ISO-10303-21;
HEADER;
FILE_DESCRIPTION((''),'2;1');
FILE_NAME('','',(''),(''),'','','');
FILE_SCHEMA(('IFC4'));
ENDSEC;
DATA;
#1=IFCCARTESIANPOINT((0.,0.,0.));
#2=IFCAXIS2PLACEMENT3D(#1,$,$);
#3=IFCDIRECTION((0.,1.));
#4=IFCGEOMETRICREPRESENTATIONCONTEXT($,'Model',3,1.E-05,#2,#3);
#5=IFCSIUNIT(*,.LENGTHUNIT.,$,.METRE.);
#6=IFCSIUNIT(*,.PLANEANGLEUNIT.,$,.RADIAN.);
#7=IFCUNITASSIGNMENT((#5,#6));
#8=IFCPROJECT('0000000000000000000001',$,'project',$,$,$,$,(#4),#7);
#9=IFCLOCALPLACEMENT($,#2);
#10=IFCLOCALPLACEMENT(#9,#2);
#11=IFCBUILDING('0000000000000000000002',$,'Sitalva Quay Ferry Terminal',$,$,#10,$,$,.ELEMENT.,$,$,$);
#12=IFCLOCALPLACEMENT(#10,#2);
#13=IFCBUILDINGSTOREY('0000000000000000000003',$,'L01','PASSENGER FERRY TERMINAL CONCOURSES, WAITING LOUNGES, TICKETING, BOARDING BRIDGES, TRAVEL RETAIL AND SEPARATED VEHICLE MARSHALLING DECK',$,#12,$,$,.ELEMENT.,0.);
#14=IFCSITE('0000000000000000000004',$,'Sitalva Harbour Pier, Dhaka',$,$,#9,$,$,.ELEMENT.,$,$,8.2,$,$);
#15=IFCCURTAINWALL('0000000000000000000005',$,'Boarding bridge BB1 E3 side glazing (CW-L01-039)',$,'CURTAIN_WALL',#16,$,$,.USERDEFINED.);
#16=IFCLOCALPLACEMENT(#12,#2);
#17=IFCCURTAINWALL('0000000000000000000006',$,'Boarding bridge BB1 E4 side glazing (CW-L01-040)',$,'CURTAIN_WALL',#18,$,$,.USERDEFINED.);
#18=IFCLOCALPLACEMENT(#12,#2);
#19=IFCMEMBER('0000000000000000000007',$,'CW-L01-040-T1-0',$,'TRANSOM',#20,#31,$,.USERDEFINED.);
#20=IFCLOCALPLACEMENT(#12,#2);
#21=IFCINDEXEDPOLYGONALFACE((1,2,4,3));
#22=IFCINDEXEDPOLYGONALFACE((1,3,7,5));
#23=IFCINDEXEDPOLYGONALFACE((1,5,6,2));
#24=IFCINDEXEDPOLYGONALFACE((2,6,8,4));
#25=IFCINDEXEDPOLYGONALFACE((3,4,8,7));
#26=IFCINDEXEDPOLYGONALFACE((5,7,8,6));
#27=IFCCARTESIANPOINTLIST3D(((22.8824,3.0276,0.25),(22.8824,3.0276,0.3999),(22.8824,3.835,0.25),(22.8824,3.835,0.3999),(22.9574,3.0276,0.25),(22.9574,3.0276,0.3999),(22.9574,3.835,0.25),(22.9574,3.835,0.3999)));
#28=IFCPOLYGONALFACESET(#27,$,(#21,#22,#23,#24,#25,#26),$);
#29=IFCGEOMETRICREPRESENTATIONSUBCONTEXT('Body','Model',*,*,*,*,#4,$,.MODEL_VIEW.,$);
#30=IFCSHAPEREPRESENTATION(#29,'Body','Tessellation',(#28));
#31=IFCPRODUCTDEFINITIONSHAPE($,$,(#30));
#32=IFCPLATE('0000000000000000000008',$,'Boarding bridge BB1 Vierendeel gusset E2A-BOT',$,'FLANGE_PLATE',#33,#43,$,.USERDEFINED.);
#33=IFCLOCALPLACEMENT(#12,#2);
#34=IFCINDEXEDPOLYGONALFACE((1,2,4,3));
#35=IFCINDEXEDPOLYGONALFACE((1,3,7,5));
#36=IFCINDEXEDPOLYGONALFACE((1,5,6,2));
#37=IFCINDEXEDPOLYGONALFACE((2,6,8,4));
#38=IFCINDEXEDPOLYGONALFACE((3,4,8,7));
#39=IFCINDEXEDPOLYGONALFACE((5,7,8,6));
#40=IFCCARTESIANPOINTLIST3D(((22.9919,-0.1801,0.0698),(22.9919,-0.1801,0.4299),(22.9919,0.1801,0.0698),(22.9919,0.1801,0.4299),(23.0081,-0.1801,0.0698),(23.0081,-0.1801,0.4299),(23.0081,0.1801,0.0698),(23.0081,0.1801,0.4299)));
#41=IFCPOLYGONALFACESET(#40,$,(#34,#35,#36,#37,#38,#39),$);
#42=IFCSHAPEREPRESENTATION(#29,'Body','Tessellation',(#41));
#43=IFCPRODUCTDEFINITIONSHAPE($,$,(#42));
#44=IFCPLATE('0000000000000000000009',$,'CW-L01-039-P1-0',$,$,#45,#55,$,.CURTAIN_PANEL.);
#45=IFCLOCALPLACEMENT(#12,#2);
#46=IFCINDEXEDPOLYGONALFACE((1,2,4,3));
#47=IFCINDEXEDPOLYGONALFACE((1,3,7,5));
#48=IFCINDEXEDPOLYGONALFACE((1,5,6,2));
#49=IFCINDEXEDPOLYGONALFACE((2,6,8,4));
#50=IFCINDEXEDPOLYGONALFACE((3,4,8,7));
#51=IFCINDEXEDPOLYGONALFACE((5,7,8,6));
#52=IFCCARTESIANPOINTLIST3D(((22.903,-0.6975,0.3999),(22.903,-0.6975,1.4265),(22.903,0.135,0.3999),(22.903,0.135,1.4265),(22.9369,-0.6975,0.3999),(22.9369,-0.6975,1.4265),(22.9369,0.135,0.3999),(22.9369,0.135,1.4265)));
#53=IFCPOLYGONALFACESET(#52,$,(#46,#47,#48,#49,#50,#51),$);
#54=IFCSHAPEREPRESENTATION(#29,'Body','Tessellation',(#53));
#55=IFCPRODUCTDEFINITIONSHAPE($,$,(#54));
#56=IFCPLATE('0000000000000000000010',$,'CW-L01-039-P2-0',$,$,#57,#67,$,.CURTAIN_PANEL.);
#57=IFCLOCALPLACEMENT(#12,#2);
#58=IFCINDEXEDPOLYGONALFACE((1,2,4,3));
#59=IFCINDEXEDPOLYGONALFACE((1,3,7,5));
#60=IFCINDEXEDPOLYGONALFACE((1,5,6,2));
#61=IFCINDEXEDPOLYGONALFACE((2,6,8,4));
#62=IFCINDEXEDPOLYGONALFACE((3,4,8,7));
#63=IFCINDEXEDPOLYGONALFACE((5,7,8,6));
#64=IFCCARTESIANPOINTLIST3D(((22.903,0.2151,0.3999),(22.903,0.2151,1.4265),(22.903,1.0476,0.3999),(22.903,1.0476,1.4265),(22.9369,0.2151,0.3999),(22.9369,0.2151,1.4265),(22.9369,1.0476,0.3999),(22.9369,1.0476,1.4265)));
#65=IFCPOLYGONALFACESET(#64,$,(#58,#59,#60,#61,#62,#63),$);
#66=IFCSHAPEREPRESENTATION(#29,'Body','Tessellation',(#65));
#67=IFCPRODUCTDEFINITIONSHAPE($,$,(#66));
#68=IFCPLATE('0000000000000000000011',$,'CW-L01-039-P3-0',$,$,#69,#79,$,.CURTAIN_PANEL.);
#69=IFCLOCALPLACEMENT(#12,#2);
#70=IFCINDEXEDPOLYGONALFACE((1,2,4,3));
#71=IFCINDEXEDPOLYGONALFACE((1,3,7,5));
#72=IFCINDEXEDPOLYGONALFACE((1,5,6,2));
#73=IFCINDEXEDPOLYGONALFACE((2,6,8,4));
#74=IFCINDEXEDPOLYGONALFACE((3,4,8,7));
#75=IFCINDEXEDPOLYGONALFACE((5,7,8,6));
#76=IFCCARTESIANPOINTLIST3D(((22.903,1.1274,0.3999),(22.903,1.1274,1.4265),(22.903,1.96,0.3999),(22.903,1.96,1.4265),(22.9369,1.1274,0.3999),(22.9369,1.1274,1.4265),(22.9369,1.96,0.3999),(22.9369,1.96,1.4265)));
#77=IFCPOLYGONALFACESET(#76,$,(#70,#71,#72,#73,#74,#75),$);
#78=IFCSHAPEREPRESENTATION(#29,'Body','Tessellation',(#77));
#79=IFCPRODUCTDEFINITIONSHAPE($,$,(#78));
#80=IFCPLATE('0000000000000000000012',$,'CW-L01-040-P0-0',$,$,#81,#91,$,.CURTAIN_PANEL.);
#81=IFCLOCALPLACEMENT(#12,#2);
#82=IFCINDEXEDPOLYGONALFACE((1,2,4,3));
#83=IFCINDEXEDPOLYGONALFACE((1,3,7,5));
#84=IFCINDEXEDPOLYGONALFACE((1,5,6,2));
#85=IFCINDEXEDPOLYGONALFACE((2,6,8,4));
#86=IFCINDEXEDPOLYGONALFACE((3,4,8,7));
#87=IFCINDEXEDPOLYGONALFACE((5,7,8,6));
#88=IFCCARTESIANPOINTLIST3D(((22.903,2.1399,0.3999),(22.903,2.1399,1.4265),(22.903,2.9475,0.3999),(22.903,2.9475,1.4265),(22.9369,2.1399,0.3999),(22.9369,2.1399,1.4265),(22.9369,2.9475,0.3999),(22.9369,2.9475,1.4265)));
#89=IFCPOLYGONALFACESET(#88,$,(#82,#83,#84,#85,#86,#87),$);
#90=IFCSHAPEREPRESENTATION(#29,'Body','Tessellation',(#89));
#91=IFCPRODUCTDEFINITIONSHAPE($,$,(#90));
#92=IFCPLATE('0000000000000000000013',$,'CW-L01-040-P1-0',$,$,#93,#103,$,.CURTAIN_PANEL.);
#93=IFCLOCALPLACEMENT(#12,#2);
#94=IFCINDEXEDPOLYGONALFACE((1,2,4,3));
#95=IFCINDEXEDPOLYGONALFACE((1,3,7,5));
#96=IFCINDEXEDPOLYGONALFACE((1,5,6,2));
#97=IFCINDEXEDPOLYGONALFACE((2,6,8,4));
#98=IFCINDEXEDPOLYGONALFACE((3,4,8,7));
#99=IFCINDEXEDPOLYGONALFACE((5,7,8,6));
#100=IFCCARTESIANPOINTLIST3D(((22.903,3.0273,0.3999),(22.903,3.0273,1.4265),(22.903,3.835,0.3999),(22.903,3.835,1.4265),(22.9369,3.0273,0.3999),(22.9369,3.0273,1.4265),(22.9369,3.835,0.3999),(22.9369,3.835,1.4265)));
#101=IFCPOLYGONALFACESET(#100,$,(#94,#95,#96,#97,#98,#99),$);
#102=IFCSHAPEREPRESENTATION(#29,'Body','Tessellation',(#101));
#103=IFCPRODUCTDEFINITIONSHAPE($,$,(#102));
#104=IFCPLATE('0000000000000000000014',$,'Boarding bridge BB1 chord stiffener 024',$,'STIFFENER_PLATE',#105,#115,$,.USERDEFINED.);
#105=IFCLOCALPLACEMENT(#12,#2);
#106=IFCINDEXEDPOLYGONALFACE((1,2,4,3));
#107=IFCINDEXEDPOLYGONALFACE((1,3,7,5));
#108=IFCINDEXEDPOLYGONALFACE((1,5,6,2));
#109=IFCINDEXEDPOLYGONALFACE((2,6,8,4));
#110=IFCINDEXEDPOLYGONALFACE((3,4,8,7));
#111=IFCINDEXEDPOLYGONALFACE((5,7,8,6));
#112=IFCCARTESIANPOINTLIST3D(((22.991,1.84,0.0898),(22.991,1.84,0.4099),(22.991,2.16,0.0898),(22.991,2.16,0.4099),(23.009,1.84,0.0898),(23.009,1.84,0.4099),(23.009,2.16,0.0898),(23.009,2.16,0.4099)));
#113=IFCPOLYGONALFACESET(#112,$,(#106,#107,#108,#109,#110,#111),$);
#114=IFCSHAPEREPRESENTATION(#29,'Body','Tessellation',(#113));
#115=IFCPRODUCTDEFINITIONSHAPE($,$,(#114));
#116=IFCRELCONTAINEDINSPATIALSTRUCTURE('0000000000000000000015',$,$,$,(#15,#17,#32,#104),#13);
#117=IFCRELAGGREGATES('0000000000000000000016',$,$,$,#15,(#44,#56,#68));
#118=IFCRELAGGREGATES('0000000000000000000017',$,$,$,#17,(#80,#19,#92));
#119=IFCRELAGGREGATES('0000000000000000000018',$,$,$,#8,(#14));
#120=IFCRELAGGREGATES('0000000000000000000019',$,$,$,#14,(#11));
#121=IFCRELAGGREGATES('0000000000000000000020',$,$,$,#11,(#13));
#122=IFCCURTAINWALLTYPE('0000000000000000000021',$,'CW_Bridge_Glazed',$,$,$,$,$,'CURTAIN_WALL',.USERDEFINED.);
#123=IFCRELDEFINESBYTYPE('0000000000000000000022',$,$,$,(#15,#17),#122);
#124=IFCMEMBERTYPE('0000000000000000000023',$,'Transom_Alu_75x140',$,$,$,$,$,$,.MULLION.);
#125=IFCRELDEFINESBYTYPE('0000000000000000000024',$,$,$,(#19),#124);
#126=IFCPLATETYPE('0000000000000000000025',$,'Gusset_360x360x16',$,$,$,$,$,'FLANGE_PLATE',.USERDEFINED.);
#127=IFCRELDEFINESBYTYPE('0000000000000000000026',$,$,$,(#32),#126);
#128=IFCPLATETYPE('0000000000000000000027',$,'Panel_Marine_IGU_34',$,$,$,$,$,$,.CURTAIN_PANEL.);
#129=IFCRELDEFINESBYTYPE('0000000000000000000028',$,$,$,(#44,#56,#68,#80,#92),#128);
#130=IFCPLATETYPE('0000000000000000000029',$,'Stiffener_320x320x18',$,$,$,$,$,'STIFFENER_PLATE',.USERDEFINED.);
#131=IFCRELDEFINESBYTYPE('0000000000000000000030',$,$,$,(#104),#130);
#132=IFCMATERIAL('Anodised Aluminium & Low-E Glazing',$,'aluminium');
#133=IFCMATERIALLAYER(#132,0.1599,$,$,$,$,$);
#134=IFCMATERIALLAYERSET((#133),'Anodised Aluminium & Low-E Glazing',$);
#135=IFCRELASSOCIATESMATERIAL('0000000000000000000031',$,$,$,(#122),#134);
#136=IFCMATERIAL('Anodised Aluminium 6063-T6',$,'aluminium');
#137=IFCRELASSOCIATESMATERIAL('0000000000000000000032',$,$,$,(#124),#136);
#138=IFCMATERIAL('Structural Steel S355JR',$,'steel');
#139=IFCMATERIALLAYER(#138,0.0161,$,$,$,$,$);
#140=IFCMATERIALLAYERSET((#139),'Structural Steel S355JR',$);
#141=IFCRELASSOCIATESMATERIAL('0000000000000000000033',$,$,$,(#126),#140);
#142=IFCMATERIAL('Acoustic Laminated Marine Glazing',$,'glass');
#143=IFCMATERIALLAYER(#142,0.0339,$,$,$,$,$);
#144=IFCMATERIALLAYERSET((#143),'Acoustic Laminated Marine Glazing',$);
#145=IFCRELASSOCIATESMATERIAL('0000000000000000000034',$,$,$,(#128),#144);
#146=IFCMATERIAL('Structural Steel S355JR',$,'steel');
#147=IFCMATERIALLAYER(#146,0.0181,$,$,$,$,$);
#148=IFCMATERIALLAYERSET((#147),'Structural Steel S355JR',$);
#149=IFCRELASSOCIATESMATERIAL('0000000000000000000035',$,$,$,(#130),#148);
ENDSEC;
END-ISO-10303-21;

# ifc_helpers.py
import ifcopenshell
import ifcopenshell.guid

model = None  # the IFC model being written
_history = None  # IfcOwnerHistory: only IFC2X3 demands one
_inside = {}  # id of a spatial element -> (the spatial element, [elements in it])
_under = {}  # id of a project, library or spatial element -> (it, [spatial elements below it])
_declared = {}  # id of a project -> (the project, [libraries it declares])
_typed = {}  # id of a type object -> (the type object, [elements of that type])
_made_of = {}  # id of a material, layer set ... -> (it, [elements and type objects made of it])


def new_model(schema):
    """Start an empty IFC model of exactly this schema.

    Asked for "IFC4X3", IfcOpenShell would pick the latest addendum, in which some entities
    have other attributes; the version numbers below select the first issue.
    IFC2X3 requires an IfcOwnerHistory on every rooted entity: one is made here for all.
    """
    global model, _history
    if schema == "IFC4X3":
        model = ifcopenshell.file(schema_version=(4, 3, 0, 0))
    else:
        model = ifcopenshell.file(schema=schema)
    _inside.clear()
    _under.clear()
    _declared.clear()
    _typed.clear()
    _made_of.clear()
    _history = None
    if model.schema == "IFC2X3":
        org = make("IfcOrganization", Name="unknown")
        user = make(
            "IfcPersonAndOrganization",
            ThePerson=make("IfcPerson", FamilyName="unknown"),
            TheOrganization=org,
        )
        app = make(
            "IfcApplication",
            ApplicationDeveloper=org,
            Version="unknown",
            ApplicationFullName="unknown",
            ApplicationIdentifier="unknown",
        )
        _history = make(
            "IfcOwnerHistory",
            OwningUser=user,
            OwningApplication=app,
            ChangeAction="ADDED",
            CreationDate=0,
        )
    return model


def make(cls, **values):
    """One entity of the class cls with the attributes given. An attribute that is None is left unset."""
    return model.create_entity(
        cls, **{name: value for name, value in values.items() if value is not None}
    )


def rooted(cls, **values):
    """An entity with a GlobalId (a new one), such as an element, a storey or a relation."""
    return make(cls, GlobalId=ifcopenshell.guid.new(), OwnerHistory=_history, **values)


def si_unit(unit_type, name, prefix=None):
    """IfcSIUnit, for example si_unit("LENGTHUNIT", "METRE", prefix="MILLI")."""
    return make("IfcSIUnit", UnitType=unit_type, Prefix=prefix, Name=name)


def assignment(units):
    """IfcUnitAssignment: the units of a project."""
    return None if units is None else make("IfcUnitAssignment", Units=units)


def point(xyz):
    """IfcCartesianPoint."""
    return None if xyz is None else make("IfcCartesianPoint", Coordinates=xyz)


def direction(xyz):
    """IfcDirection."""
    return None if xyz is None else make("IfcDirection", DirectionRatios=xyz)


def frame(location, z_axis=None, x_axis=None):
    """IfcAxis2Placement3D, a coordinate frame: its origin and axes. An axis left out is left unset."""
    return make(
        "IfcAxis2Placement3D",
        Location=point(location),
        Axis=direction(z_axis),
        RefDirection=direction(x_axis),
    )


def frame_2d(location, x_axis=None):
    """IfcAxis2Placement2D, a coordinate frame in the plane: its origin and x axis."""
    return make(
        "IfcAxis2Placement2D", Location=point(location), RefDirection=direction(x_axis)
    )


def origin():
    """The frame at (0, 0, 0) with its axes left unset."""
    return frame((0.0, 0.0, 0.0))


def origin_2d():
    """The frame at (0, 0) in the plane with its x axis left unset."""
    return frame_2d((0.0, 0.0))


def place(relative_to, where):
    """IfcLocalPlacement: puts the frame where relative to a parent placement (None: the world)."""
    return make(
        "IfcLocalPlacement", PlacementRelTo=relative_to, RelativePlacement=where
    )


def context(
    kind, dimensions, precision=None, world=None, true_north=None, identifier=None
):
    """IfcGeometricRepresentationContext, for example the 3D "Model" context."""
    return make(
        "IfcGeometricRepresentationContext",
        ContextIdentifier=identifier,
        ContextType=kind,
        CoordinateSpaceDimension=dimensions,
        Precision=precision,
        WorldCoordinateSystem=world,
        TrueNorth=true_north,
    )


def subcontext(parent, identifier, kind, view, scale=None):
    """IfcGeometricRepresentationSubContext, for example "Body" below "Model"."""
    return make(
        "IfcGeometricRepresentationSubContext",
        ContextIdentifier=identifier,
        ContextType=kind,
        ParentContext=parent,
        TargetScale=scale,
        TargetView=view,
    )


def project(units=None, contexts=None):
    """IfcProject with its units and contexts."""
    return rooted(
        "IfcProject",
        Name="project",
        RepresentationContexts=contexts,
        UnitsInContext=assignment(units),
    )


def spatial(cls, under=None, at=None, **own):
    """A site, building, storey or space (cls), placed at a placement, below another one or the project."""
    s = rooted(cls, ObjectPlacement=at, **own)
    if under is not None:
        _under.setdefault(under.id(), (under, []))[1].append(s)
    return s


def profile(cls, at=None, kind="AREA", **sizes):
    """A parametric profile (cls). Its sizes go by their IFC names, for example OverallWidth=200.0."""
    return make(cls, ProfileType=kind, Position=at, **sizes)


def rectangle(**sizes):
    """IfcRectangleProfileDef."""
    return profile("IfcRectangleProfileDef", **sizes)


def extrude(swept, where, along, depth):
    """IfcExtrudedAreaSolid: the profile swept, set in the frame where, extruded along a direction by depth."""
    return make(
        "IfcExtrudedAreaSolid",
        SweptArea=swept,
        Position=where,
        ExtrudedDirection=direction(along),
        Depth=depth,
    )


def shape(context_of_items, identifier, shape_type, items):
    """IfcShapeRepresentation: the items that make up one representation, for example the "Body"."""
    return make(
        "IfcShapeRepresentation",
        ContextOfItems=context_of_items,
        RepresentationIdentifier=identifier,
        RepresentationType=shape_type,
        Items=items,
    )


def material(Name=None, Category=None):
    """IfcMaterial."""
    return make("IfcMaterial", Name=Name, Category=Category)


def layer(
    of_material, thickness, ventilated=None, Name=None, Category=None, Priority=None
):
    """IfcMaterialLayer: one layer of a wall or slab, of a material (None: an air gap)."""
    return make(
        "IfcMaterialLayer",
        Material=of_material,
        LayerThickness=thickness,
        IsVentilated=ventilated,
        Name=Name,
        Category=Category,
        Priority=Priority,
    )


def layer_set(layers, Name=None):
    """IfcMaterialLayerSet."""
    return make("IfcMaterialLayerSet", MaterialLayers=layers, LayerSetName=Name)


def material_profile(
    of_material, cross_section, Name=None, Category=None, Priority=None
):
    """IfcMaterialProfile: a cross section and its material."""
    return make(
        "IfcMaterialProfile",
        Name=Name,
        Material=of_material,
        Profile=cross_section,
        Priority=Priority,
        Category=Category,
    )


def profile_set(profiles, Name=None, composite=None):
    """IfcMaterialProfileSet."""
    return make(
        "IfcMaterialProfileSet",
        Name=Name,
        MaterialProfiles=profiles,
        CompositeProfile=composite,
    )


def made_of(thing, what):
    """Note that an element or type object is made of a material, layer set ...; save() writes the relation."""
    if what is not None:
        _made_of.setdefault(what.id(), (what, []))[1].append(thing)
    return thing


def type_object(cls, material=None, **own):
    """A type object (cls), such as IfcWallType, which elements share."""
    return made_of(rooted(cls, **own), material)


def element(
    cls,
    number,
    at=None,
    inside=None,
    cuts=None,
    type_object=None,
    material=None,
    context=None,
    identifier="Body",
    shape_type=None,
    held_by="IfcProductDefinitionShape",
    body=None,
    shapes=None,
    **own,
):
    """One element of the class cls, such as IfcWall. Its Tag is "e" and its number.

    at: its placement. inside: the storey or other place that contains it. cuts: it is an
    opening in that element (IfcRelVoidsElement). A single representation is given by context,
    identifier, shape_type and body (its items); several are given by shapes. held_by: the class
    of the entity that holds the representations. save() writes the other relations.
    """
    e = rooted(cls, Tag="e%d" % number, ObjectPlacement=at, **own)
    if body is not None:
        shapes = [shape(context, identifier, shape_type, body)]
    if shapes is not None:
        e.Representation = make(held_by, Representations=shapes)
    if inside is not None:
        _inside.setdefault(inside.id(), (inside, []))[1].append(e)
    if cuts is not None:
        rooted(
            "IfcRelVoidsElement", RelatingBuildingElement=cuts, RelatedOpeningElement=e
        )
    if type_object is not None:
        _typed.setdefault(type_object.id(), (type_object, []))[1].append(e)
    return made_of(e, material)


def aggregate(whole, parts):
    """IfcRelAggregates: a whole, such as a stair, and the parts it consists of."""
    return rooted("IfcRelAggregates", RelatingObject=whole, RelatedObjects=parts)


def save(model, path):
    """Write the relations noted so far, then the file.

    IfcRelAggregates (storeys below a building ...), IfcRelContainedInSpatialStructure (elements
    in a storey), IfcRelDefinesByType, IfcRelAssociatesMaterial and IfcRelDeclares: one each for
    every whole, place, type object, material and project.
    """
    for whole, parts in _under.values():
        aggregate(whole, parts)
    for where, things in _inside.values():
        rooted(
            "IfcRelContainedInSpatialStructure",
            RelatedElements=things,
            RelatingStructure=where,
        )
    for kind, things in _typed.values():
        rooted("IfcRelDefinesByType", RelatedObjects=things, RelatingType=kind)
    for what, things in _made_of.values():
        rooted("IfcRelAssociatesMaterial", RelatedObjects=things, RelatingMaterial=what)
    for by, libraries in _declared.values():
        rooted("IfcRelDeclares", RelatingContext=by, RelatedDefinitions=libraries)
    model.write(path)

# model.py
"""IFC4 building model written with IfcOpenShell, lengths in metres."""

from ifc_helpers import new_model, si_unit, direction, frame, origin, origin_2d, place, context, subcontext, project, spatial, rectangle, extrude, material, layer, layer_set, material_profile, profile_set, type_object, element, aggregate, save


model = new_model("IFC4")

# Units and contexts
model_context = context("Model", 3, precision=1e-05, world=origin(), true_north=direction((0.0, 1.0)))
body_context = subcontext(model_context, "Body", "Model", "MODEL_VIEW")
ifc_project = project(units=[si_unit("LENGTHUNIT", "METRE"), si_unit("PLANEANGLEUNIT", "RADIAN")], contexts=[model_context])

# Site, building, storey
site_placement = place(None, origin())
site = spatial("IfcSite", under=ifc_project, at=site_placement, Name="Sitalva Harbour Pier, Dhaka", CompositionType="ELEMENT", RefElevation=8.2)
building_placement = place(site_placement, origin())
building = spatial("IfcBuilding", under=site, at=building_placement, Name="Sitalva Quay Ferry Terminal", CompositionType="ELEMENT")
storey_placement = place(building_placement, origin())
storey = spatial("IfcBuildingStorey", under=building, at=storey_placement, Name="L01", Description="PASSENGER FERRY TERMINAL CONCOURSES, WAITING LOUNGES, TICKETING, BOARDING BRIDGES, TRAVEL RETAIL AND SEPARATED VEHICLE MARSHALLING DECK", CompositionType="ELEMENT", Elevation=0.0)

# Curtain walls
ifc_material_1 = material(Name="Anodised Aluminium & Low-E Glazing", Category="aluminium")
ifc_layer_1 = layer(ifc_material_1, 0.1599)
ifc_layer_set_1 = layer_set([ifc_layer_1], Name="Anodised Aluminium & Low-E Glazing")
curtain_wall_type = type_object("IfcCurtainWallType", Name="CW_Bridge_Glazed", ElementType="CURTAIN_WALL", PredefinedType="USERDEFINED", material=ifc_layer_set_1)
curtain_wall_1_placement = place(storey_placement, origin())
curtain_wall_1 = element("IfcCurtainWall", 1, at=curtain_wall_1_placement, inside=storey, type_object=curtain_wall_type, Name="Boarding bridge BB1 E3 side glazing (CW-L01-039)", ObjectType="CURTAIN_WALL", PredefinedType="USERDEFINED")
curtain_wall_2_placement = place(storey_placement, origin())
curtain_wall_2 = element("IfcCurtainWall", 2, at=curtain_wall_2_placement, inside=storey, type_object=curtain_wall_type, Name="Boarding bridge BB1 E4 side glazing (CW-L01-040)", ObjectType="CURTAIN_WALL", PredefinedType="USERDEFINED")

# Member
ifc_material_2 = material(Name="Anodised Aluminium 6063-T6", Category="aluminium")
ifc_material_profile_1 = material_profile(ifc_material_2, rectangle(XDim=0.075, YDim=0.1499, at=origin_2d()), Name="ALU75x150")
ifc_profile_set_1 = profile_set([ifc_material_profile_1], Name="Anodised Aluminium 6063-T6")
member_type_1 = type_object("IfcMemberType", Name="Transom_Alu_75x140", PredefinedType="MULLION", material=ifc_profile_set_1)
member_1_placement = place(storey_placement, frame((22.9199, 3.0276, 0.325), z_axis=(0.0, 1.0, 0.0), x_axis=(-1.0, 0.0, 0.0)))
member_1 = element("IfcMember", 3, at=member_1_placement, type_object=member_type_1, Name="CW-L01-040-T1-0", ObjectType="TRANSOM", PredefinedType="USERDEFINED", context=body_context, shape_type="SweptSolid", body=[
    extrude(rectangle(XDim=0.075, YDim=0.1499, at=origin_2d()), origin(), (0.0, 0.0, 1.0), 0.8074),
])

# Plates
ifc_material_3 = material(Name="Structural Steel S355JR", Category="steel")
ifc_layer_2 = layer(ifc_material_3, 0.0161)
ifc_layer_set_2 = layer_set([ifc_layer_2], Name="Structural Steel S355JR")
plate_type_1 = type_object("IfcPlateType", Name="Gusset_360x360x16", ElementType="FLANGE_PLATE", PredefinedType="USERDEFINED", material=ifc_layer_set_2)
plate_1_placement = place(storey_placement, frame((23.0, 0.0, 0.0698), z_axis=(0.0, 0.0, 1.0), x_axis=(1.0, 0.0, 0.0)))
element("IfcPlate", 4, at=plate_1_placement, inside=storey, type_object=plate_type_1, Name="Boarding bridge BB1 Vierendeel gusset E2A-BOT", ObjectType="FLANGE_PLATE", PredefinedType="USERDEFINED", context=body_context, shape_type="SweptSolid", body=[
    extrude(rectangle(XDim=0.0161, YDim=0.3601, at=origin_2d()), origin(), (0.0, 0.0, 1.0), 0.3601),
])
ifc_material_4 = material(Name="Acoustic Laminated Marine Glazing", Category="glass")
ifc_layer_3 = layer(ifc_material_4, 0.0339)
ifc_layer_set_3 = layer_set([ifc_layer_3], Name="Acoustic Laminated Marine Glazing")
plate_type_2 = type_object("IfcPlateType", Name="Panel_Marine_IGU_34", PredefinedType="CURTAIN_PANEL", material=ifc_layer_set_3)
plate_2_placement = place(storey_placement, frame((22.9199, -0.2812, 0.3999), z_axis=(0.0, 0.0, 1.0), x_axis=(0.0, 1.0, 0.0)))
plate_2 = element("IfcPlate", 5, at=plate_2_placement, type_object=plate_type_2, Name="CW-L01-039-P1-0", PredefinedType="CURTAIN_PANEL", context=body_context, shape_type="SweptSolid", body=[
    extrude(rectangle(XDim=0.8325, YDim=0.0339, at=origin_2d()), origin(), (0.0, 0.0, 1.0), 1.0266),
])
plate_3_placement = place(storey_placement, frame((22.9199, 0.6313, 0.3999), z_axis=(0.0, 0.0, 1.0), x_axis=(0.0, 1.0, 0.0)))
plate_3 = element("IfcPlate", 6, at=plate_3_placement, type_object=plate_type_2, Name="CW-L01-039-P2-0", PredefinedType="CURTAIN_PANEL", context=body_context, shape_type="SweptSolid", body=[
    extrude(rectangle(XDim=0.8325, YDim=0.0339, at=origin_2d()), origin(), (0.0, 0.0, 1.0), 1.0266),
])
plate_4_placement = place(storey_placement, frame((22.9199, 1.5437, 0.3999), z_axis=(0.0, 0.0, 1.0), x_axis=(0.0, 1.0, 0.0)))
plate_4 = element("IfcPlate", 7, at=plate_4_placement, type_object=plate_type_2, Name="CW-L01-039-P3-0", PredefinedType="CURTAIN_PANEL", context=body_context, shape_type="SweptSolid", body=[
    extrude(rectangle(XDim=0.8325, YDim=0.0339, at=origin_2d()), origin(), (0.0, 0.0, 1.0), 1.0266),
])
aggregate(curtain_wall_1, [plate_2, plate_3, plate_4])
plate_5_placement = place(storey_placement, frame((22.9199, 2.5437, 0.3999), z_axis=(0.0, 0.0, 1.0), x_axis=(0.0, 1.0, 0.0)))
plate_5 = element("IfcPlate", 8, at=plate_5_placement, type_object=plate_type_2, Name="CW-L01-040-P0-0", PredefinedType="CURTAIN_PANEL", context=body_context, shape_type="SweptSolid", body=[
    extrude(rectangle(XDim=0.8076, YDim=0.0339, at=origin_2d()), origin(), (0.0, 0.0, 1.0), 1.0266),
])
plate_6_placement = place(storey_placement, frame((22.9199, 3.4312, 0.3999), z_axis=(0.0, 0.0, 1.0), x_axis=(0.0, 1.0, 0.0)))
plate_6 = element("IfcPlate", 9, at=plate_6_placement, type_object=plate_type_2, Name="CW-L01-040-P1-0", PredefinedType="CURTAIN_PANEL", context=body_context, shape_type="SweptSolid", body=[
    extrude(rectangle(XDim=0.8076, YDim=0.0339, at=origin_2d()), origin(), (0.0, 0.0, 1.0), 1.0266),
])
aggregate(curtain_wall_2, [plate_5, member_1, plate_6])
ifc_material_5 = material(Name="Structural Steel S355JR", Category="steel")
ifc_layer_4 = layer(ifc_material_5, 0.0181)
ifc_layer_set_4 = layer_set([ifc_layer_4], Name="Structural Steel S355JR")
plate_type_3 = type_object("IfcPlateType", Name="Stiffener_320x320x18", ElementType="STIFFENER_PLATE", PredefinedType="USERDEFINED", material=ifc_layer_set_4)
plate_7_placement = place(storey_placement, frame((23.0, 2.0, 0.0898), z_axis=(0.0, 0.0, 1.0), x_axis=(1.0, 0.0, 0.0)))
element("IfcPlate", 10, at=plate_7_placement, inside=storey, type_object=plate_type_3, Name="Boarding bridge BB1 chord stiffener 024", ObjectType="STIFFENER_PLATE", PredefinedType="USERDEFINED", context=body_context, shape_type="SweptSolid", body=[
    extrude(rectangle(XDim=0.0181, YDim=0.3201, at=origin_2d()), origin(), (0.0, 0.0, 1.0), 0.3201),
])

save(model, "model.ifc")
